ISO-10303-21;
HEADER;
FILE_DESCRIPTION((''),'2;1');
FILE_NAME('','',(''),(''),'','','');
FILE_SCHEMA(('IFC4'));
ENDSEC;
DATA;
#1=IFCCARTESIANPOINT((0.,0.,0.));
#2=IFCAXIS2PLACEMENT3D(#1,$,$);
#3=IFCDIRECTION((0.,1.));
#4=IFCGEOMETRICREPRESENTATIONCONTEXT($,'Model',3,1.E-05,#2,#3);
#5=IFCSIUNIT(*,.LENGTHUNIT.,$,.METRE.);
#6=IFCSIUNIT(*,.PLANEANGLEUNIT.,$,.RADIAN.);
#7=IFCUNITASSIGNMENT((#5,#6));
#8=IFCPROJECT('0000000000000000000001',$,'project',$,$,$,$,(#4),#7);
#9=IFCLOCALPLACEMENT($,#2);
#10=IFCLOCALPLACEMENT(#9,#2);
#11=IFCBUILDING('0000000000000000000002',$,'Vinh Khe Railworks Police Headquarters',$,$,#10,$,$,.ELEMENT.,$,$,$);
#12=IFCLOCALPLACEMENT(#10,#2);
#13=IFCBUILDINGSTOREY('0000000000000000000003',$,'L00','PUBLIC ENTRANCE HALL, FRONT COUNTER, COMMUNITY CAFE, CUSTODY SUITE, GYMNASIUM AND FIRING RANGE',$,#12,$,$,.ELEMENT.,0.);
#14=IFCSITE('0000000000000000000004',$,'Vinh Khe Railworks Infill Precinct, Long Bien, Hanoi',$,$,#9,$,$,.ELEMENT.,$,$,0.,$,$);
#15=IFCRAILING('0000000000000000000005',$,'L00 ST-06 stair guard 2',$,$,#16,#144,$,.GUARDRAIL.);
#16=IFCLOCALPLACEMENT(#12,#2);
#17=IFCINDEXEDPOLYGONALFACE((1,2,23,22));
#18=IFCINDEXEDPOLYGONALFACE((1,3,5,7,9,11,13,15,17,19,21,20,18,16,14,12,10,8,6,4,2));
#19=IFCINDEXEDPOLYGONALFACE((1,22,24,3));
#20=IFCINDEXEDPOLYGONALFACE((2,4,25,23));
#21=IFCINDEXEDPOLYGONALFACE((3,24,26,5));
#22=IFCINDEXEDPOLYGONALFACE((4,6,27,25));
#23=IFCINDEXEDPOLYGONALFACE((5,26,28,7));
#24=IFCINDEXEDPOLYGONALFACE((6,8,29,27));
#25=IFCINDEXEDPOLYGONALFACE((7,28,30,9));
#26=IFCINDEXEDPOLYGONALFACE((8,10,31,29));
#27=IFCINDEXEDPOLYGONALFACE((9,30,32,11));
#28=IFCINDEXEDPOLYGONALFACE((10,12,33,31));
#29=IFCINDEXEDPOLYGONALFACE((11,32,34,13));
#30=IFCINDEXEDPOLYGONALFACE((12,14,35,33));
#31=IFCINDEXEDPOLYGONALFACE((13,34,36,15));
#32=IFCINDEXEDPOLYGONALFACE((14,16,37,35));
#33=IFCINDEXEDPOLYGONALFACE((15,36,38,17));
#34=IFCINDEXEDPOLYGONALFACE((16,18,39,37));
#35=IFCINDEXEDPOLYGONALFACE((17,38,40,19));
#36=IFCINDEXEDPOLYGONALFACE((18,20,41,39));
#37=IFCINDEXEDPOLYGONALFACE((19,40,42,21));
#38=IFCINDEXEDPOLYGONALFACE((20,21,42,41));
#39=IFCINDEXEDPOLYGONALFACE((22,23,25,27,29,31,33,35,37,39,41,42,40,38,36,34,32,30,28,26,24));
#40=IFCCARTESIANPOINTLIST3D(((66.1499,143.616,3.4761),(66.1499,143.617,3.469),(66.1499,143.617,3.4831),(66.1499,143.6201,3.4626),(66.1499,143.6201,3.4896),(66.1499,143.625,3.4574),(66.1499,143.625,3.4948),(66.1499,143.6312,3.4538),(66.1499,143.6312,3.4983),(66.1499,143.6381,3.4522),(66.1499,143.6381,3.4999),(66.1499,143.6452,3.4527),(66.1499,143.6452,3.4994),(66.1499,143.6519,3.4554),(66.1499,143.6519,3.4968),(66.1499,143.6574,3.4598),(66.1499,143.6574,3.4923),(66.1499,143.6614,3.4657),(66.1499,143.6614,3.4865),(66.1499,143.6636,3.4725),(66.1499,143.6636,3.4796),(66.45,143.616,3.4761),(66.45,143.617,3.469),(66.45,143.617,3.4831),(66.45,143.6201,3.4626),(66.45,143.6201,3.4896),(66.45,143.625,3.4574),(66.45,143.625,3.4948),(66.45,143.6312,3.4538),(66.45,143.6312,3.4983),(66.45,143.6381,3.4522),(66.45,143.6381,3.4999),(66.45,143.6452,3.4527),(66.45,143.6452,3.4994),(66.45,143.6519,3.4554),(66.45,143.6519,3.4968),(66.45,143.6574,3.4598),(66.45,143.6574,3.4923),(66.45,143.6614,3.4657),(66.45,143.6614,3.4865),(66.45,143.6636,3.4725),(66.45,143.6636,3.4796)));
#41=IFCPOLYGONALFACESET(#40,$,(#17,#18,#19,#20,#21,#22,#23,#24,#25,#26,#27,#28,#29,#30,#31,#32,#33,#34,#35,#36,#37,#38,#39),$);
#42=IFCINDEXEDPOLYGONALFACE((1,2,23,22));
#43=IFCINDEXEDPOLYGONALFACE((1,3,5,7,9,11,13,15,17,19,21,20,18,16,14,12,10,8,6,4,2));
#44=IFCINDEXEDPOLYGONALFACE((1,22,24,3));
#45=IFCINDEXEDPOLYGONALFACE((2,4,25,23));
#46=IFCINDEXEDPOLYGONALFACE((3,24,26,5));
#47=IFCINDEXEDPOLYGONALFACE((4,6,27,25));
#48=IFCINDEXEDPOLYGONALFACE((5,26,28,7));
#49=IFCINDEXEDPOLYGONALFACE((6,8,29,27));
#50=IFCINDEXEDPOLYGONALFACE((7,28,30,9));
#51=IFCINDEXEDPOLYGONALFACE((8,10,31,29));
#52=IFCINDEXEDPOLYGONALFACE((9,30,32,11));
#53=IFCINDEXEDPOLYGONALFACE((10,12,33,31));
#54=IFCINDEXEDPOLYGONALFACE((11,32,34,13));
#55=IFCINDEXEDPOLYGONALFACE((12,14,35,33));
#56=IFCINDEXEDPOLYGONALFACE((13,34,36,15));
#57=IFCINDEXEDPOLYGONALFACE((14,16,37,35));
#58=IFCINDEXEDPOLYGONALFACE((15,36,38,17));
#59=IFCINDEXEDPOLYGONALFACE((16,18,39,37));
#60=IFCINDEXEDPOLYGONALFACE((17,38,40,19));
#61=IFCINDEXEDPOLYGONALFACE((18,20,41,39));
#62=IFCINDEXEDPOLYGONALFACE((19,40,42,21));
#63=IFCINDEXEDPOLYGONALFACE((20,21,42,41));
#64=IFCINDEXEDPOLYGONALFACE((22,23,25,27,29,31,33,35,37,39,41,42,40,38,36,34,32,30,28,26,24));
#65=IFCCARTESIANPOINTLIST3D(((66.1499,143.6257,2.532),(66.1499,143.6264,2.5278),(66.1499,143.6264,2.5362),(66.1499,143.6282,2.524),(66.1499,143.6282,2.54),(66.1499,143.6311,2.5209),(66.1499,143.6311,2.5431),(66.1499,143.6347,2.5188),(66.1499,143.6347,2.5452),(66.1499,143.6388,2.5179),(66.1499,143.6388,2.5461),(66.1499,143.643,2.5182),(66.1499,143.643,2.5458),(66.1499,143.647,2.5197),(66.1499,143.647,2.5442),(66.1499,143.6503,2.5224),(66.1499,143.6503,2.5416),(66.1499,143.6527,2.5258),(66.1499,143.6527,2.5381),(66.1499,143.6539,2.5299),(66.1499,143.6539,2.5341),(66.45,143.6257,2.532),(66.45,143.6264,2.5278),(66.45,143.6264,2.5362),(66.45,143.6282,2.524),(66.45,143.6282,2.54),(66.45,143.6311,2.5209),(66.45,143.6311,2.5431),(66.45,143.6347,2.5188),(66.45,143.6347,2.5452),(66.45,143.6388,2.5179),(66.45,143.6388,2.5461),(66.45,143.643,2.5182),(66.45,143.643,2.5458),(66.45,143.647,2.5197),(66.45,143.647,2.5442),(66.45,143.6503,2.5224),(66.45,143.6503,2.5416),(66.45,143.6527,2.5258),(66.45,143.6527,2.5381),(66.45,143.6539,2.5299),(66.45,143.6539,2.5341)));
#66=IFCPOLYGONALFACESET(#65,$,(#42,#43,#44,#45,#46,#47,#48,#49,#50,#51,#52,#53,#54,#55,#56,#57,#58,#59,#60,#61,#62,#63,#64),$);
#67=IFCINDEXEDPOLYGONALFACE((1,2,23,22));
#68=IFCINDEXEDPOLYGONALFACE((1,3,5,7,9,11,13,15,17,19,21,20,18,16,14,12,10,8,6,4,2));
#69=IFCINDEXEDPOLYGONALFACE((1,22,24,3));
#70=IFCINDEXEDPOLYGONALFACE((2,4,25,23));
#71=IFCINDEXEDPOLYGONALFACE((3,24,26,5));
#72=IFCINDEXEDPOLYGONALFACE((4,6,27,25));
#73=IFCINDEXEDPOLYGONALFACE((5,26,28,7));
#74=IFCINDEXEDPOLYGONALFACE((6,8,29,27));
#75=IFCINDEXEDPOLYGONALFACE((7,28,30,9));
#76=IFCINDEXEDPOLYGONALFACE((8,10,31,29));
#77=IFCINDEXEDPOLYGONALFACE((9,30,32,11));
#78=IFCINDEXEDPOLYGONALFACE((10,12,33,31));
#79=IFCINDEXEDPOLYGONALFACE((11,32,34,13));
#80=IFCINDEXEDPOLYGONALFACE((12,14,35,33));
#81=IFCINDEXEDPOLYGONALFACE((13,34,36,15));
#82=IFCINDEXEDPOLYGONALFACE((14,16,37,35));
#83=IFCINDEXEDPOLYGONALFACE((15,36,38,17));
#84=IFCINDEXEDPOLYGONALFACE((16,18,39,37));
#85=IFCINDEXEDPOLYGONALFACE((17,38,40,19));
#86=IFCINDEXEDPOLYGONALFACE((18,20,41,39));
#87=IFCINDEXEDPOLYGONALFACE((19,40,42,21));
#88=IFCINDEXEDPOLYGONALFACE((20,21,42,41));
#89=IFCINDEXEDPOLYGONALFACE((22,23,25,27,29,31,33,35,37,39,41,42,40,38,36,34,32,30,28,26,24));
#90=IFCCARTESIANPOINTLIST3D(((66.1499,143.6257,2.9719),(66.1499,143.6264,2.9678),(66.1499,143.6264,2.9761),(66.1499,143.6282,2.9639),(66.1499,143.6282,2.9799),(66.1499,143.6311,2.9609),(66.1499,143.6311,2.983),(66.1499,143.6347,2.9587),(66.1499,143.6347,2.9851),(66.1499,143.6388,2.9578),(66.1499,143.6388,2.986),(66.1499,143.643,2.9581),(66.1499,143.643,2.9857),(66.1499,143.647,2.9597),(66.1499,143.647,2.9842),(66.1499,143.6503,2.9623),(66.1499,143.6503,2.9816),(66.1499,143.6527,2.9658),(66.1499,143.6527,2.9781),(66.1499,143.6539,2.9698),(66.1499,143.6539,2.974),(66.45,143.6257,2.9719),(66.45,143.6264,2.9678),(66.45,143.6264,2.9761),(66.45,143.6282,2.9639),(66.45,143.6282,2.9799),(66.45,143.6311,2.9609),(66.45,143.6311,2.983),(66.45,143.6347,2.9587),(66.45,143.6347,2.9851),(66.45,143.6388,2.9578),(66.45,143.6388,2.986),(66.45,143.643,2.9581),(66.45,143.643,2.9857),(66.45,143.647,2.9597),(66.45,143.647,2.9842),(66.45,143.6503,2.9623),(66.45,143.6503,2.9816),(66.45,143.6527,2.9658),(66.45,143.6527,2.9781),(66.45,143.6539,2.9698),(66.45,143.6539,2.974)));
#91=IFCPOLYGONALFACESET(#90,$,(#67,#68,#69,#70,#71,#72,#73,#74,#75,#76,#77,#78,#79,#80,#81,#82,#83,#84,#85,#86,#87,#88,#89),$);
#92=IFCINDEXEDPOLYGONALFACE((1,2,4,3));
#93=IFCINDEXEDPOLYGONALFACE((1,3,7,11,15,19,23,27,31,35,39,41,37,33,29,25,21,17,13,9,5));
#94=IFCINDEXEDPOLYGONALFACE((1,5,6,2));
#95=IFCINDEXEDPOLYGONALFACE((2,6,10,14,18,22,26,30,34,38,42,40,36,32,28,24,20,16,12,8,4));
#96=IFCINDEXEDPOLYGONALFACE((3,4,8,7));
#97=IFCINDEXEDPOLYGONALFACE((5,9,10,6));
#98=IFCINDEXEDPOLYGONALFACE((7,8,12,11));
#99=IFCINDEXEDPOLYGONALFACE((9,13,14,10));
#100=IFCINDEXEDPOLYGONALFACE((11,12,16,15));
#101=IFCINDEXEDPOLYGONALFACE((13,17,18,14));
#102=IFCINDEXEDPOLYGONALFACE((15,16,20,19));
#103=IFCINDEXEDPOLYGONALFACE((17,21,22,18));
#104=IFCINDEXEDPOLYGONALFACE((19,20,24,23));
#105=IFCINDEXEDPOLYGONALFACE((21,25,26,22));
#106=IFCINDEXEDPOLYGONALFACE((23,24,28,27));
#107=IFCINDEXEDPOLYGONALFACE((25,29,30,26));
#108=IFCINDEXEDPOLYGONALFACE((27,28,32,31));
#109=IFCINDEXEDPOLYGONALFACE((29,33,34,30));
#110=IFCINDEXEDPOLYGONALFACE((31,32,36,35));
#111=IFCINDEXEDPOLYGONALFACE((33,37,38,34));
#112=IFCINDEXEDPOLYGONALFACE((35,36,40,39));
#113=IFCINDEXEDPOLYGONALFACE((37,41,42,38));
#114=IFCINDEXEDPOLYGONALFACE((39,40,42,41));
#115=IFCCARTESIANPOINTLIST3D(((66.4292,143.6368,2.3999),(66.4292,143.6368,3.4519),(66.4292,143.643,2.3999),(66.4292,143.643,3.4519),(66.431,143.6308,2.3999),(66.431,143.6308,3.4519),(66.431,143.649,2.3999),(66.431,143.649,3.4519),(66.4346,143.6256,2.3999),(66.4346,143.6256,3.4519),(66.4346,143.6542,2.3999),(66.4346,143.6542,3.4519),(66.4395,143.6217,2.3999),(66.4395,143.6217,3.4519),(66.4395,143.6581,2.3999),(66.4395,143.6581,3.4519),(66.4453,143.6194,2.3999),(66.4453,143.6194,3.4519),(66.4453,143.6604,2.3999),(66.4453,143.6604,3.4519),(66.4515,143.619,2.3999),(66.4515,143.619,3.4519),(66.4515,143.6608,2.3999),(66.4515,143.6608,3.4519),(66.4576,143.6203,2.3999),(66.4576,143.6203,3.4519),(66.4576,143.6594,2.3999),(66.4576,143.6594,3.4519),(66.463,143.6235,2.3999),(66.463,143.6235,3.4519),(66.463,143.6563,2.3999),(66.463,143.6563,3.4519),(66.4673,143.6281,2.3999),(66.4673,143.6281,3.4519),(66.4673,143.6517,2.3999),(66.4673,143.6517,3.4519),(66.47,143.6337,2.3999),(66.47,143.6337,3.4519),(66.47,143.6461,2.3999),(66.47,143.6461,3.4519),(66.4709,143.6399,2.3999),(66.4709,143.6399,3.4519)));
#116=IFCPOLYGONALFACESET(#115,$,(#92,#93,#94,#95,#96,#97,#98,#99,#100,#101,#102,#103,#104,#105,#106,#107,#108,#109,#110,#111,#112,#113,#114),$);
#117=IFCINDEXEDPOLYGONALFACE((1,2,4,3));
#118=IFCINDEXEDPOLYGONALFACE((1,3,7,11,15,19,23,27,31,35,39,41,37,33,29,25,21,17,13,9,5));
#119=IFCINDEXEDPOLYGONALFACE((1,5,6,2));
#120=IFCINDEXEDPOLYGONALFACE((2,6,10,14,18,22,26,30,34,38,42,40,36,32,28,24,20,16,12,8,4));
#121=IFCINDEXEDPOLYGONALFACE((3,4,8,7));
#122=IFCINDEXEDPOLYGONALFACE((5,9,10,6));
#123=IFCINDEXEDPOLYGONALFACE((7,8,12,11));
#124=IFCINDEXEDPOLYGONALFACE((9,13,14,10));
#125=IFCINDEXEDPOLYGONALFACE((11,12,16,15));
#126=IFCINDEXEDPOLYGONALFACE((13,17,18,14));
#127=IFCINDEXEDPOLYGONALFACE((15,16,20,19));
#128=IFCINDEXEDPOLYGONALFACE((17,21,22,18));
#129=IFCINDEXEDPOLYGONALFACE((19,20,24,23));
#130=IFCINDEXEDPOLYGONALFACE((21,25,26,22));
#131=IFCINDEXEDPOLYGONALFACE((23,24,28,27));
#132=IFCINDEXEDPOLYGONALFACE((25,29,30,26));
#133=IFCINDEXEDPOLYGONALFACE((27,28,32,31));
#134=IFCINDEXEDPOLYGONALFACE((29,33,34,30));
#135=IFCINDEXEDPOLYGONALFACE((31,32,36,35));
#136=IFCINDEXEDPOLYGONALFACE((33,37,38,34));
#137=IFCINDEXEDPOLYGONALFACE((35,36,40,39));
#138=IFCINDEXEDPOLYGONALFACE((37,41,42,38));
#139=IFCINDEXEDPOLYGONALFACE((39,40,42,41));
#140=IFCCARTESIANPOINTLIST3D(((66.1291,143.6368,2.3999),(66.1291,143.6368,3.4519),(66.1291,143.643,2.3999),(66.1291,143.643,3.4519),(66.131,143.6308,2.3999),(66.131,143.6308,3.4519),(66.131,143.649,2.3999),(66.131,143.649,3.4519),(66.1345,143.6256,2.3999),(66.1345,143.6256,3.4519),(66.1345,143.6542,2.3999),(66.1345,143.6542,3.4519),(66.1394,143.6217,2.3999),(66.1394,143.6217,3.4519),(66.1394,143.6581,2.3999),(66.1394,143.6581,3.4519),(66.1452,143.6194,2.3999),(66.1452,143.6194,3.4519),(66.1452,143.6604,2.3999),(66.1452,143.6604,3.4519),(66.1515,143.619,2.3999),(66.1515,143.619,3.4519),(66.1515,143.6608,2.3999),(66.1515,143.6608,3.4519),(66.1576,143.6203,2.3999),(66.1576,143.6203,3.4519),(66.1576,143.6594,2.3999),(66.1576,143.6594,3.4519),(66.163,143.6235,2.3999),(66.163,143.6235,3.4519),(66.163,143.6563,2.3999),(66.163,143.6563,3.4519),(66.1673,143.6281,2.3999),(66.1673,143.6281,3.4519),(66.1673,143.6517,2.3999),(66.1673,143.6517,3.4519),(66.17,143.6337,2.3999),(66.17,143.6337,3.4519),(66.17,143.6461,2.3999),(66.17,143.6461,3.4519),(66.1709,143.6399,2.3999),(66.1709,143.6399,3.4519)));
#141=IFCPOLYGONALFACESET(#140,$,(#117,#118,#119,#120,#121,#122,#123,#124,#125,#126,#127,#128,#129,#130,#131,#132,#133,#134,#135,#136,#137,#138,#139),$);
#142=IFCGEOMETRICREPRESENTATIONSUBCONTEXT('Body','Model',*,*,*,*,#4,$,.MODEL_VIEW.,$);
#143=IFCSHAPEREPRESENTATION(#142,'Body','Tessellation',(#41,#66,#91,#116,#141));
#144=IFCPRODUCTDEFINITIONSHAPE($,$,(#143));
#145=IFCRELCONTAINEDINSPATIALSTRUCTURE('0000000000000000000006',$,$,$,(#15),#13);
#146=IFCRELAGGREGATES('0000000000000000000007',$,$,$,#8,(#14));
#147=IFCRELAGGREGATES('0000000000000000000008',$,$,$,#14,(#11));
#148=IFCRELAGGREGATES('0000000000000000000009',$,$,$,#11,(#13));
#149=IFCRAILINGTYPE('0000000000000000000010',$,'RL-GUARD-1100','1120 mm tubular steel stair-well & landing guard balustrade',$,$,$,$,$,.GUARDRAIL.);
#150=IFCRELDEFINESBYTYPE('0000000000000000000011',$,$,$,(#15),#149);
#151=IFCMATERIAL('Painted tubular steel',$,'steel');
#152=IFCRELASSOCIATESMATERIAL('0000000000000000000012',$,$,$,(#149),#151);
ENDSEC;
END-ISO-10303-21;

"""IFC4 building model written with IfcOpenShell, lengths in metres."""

from ifc_helpers import new_model, si_unit, direction, frame, origin, origin_2d, place, context, subcontext, project, spatial, circle, extrude, material, type_object, element, save


model = new_model("IFC4")

# Units and contexts
model_context = context("Model", 3, precision=1e-05, world=origin(), true_north=direction((0.0, 1.0)))
body_context = subcontext(model_context, "Body", "Model", "MODEL_VIEW")
ifc_project = project(units=[si_unit("LENGTHUNIT", "METRE"), si_unit("PLANEANGLEUNIT", "RADIAN")], contexts=[model_context])

# Site, building, storey
site_placement = place(None, origin())
site = spatial("IfcSite", under=ifc_project, at=site_placement, Name="Vinh Khe Railworks Infill Precinct, Long Bien, Hanoi", CompositionType="ELEMENT", RefElevation=0.0)
building_placement = place(site_placement, origin())
building = spatial("IfcBuilding", under=site, at=building_placement, Name="Vinh Khe Railworks Police Headquarters", CompositionType="ELEMENT")
storey_placement = place(building_placement, origin())
storey = spatial("IfcBuildingStorey", under=building, at=storey_placement, Name="L00", Description="PUBLIC ENTRANCE HALL, FRONT COUNTER, COMMUNITY CAFE, CUSTODY SUITE, GYMNASIUM AND FIRING RANGE", CompositionType="ELEMENT", Elevation=0.0)

# Railing
ifc_material_1 = material(Name="Painted tubular steel", Category="steel")
railing_type_1 = type_object("IfcRailingType", Name="RL-GUARD-1100", Description="1120 mm tubular steel stair-well & landing guard balustrade", PredefinedType="GUARDRAIL", material=ifc_material_1)
for number, where, name in (
    (1, (66.45, 143.6399, 2.3999), "L00 ST-06 stair guard 2"),
):
    element("IfcRailing", number, at=place(storey_placement, frame(where)), inside=storey, type_object=railing_type_1, Name=name, PredefinedType="GUARDRAIL", context=body_context, shape_type="SweptSolid", body=[
        extrude(circle(Radius=0.0239, at=origin_2d()), frame((0.0, 0.0, 1.0762), z_axis=(-1.0, 0.0, 0.0), x_axis=(0.0, -1.0, 0.0)), (0.0, 0.0, 1.0), 0.3),
        extrude(circle(Radius=0.0142, at=origin_2d()), frame((0.0, 0.0, 0.1321), z_axis=(-1.0, 0.0, 0.0), x_axis=(0.0, -1.0, 0.0)), (0.0, 0.0, 1.0), 0.3),
        extrude(circle(Radius=0.0142, at=origin_2d()), frame((0.0, 0.0, 0.572), z_axis=(-1.0, 0.0, 0.0), x_axis=(0.0, -1.0, 0.0)), (0.0, 0.0, 1.0), 0.3),
        extrude(circle(Radius=0.021, at=origin_2d()), origin(), (0.0, 0.0, 1.0), 1.052),
        extrude(circle(Radius=0.021, at=origin_2d()), frame((-0.3, 0.0, 0.0)), (0.0, 0.0, 1.0), 1.052),
    ])

save(model, "model.ifc")
